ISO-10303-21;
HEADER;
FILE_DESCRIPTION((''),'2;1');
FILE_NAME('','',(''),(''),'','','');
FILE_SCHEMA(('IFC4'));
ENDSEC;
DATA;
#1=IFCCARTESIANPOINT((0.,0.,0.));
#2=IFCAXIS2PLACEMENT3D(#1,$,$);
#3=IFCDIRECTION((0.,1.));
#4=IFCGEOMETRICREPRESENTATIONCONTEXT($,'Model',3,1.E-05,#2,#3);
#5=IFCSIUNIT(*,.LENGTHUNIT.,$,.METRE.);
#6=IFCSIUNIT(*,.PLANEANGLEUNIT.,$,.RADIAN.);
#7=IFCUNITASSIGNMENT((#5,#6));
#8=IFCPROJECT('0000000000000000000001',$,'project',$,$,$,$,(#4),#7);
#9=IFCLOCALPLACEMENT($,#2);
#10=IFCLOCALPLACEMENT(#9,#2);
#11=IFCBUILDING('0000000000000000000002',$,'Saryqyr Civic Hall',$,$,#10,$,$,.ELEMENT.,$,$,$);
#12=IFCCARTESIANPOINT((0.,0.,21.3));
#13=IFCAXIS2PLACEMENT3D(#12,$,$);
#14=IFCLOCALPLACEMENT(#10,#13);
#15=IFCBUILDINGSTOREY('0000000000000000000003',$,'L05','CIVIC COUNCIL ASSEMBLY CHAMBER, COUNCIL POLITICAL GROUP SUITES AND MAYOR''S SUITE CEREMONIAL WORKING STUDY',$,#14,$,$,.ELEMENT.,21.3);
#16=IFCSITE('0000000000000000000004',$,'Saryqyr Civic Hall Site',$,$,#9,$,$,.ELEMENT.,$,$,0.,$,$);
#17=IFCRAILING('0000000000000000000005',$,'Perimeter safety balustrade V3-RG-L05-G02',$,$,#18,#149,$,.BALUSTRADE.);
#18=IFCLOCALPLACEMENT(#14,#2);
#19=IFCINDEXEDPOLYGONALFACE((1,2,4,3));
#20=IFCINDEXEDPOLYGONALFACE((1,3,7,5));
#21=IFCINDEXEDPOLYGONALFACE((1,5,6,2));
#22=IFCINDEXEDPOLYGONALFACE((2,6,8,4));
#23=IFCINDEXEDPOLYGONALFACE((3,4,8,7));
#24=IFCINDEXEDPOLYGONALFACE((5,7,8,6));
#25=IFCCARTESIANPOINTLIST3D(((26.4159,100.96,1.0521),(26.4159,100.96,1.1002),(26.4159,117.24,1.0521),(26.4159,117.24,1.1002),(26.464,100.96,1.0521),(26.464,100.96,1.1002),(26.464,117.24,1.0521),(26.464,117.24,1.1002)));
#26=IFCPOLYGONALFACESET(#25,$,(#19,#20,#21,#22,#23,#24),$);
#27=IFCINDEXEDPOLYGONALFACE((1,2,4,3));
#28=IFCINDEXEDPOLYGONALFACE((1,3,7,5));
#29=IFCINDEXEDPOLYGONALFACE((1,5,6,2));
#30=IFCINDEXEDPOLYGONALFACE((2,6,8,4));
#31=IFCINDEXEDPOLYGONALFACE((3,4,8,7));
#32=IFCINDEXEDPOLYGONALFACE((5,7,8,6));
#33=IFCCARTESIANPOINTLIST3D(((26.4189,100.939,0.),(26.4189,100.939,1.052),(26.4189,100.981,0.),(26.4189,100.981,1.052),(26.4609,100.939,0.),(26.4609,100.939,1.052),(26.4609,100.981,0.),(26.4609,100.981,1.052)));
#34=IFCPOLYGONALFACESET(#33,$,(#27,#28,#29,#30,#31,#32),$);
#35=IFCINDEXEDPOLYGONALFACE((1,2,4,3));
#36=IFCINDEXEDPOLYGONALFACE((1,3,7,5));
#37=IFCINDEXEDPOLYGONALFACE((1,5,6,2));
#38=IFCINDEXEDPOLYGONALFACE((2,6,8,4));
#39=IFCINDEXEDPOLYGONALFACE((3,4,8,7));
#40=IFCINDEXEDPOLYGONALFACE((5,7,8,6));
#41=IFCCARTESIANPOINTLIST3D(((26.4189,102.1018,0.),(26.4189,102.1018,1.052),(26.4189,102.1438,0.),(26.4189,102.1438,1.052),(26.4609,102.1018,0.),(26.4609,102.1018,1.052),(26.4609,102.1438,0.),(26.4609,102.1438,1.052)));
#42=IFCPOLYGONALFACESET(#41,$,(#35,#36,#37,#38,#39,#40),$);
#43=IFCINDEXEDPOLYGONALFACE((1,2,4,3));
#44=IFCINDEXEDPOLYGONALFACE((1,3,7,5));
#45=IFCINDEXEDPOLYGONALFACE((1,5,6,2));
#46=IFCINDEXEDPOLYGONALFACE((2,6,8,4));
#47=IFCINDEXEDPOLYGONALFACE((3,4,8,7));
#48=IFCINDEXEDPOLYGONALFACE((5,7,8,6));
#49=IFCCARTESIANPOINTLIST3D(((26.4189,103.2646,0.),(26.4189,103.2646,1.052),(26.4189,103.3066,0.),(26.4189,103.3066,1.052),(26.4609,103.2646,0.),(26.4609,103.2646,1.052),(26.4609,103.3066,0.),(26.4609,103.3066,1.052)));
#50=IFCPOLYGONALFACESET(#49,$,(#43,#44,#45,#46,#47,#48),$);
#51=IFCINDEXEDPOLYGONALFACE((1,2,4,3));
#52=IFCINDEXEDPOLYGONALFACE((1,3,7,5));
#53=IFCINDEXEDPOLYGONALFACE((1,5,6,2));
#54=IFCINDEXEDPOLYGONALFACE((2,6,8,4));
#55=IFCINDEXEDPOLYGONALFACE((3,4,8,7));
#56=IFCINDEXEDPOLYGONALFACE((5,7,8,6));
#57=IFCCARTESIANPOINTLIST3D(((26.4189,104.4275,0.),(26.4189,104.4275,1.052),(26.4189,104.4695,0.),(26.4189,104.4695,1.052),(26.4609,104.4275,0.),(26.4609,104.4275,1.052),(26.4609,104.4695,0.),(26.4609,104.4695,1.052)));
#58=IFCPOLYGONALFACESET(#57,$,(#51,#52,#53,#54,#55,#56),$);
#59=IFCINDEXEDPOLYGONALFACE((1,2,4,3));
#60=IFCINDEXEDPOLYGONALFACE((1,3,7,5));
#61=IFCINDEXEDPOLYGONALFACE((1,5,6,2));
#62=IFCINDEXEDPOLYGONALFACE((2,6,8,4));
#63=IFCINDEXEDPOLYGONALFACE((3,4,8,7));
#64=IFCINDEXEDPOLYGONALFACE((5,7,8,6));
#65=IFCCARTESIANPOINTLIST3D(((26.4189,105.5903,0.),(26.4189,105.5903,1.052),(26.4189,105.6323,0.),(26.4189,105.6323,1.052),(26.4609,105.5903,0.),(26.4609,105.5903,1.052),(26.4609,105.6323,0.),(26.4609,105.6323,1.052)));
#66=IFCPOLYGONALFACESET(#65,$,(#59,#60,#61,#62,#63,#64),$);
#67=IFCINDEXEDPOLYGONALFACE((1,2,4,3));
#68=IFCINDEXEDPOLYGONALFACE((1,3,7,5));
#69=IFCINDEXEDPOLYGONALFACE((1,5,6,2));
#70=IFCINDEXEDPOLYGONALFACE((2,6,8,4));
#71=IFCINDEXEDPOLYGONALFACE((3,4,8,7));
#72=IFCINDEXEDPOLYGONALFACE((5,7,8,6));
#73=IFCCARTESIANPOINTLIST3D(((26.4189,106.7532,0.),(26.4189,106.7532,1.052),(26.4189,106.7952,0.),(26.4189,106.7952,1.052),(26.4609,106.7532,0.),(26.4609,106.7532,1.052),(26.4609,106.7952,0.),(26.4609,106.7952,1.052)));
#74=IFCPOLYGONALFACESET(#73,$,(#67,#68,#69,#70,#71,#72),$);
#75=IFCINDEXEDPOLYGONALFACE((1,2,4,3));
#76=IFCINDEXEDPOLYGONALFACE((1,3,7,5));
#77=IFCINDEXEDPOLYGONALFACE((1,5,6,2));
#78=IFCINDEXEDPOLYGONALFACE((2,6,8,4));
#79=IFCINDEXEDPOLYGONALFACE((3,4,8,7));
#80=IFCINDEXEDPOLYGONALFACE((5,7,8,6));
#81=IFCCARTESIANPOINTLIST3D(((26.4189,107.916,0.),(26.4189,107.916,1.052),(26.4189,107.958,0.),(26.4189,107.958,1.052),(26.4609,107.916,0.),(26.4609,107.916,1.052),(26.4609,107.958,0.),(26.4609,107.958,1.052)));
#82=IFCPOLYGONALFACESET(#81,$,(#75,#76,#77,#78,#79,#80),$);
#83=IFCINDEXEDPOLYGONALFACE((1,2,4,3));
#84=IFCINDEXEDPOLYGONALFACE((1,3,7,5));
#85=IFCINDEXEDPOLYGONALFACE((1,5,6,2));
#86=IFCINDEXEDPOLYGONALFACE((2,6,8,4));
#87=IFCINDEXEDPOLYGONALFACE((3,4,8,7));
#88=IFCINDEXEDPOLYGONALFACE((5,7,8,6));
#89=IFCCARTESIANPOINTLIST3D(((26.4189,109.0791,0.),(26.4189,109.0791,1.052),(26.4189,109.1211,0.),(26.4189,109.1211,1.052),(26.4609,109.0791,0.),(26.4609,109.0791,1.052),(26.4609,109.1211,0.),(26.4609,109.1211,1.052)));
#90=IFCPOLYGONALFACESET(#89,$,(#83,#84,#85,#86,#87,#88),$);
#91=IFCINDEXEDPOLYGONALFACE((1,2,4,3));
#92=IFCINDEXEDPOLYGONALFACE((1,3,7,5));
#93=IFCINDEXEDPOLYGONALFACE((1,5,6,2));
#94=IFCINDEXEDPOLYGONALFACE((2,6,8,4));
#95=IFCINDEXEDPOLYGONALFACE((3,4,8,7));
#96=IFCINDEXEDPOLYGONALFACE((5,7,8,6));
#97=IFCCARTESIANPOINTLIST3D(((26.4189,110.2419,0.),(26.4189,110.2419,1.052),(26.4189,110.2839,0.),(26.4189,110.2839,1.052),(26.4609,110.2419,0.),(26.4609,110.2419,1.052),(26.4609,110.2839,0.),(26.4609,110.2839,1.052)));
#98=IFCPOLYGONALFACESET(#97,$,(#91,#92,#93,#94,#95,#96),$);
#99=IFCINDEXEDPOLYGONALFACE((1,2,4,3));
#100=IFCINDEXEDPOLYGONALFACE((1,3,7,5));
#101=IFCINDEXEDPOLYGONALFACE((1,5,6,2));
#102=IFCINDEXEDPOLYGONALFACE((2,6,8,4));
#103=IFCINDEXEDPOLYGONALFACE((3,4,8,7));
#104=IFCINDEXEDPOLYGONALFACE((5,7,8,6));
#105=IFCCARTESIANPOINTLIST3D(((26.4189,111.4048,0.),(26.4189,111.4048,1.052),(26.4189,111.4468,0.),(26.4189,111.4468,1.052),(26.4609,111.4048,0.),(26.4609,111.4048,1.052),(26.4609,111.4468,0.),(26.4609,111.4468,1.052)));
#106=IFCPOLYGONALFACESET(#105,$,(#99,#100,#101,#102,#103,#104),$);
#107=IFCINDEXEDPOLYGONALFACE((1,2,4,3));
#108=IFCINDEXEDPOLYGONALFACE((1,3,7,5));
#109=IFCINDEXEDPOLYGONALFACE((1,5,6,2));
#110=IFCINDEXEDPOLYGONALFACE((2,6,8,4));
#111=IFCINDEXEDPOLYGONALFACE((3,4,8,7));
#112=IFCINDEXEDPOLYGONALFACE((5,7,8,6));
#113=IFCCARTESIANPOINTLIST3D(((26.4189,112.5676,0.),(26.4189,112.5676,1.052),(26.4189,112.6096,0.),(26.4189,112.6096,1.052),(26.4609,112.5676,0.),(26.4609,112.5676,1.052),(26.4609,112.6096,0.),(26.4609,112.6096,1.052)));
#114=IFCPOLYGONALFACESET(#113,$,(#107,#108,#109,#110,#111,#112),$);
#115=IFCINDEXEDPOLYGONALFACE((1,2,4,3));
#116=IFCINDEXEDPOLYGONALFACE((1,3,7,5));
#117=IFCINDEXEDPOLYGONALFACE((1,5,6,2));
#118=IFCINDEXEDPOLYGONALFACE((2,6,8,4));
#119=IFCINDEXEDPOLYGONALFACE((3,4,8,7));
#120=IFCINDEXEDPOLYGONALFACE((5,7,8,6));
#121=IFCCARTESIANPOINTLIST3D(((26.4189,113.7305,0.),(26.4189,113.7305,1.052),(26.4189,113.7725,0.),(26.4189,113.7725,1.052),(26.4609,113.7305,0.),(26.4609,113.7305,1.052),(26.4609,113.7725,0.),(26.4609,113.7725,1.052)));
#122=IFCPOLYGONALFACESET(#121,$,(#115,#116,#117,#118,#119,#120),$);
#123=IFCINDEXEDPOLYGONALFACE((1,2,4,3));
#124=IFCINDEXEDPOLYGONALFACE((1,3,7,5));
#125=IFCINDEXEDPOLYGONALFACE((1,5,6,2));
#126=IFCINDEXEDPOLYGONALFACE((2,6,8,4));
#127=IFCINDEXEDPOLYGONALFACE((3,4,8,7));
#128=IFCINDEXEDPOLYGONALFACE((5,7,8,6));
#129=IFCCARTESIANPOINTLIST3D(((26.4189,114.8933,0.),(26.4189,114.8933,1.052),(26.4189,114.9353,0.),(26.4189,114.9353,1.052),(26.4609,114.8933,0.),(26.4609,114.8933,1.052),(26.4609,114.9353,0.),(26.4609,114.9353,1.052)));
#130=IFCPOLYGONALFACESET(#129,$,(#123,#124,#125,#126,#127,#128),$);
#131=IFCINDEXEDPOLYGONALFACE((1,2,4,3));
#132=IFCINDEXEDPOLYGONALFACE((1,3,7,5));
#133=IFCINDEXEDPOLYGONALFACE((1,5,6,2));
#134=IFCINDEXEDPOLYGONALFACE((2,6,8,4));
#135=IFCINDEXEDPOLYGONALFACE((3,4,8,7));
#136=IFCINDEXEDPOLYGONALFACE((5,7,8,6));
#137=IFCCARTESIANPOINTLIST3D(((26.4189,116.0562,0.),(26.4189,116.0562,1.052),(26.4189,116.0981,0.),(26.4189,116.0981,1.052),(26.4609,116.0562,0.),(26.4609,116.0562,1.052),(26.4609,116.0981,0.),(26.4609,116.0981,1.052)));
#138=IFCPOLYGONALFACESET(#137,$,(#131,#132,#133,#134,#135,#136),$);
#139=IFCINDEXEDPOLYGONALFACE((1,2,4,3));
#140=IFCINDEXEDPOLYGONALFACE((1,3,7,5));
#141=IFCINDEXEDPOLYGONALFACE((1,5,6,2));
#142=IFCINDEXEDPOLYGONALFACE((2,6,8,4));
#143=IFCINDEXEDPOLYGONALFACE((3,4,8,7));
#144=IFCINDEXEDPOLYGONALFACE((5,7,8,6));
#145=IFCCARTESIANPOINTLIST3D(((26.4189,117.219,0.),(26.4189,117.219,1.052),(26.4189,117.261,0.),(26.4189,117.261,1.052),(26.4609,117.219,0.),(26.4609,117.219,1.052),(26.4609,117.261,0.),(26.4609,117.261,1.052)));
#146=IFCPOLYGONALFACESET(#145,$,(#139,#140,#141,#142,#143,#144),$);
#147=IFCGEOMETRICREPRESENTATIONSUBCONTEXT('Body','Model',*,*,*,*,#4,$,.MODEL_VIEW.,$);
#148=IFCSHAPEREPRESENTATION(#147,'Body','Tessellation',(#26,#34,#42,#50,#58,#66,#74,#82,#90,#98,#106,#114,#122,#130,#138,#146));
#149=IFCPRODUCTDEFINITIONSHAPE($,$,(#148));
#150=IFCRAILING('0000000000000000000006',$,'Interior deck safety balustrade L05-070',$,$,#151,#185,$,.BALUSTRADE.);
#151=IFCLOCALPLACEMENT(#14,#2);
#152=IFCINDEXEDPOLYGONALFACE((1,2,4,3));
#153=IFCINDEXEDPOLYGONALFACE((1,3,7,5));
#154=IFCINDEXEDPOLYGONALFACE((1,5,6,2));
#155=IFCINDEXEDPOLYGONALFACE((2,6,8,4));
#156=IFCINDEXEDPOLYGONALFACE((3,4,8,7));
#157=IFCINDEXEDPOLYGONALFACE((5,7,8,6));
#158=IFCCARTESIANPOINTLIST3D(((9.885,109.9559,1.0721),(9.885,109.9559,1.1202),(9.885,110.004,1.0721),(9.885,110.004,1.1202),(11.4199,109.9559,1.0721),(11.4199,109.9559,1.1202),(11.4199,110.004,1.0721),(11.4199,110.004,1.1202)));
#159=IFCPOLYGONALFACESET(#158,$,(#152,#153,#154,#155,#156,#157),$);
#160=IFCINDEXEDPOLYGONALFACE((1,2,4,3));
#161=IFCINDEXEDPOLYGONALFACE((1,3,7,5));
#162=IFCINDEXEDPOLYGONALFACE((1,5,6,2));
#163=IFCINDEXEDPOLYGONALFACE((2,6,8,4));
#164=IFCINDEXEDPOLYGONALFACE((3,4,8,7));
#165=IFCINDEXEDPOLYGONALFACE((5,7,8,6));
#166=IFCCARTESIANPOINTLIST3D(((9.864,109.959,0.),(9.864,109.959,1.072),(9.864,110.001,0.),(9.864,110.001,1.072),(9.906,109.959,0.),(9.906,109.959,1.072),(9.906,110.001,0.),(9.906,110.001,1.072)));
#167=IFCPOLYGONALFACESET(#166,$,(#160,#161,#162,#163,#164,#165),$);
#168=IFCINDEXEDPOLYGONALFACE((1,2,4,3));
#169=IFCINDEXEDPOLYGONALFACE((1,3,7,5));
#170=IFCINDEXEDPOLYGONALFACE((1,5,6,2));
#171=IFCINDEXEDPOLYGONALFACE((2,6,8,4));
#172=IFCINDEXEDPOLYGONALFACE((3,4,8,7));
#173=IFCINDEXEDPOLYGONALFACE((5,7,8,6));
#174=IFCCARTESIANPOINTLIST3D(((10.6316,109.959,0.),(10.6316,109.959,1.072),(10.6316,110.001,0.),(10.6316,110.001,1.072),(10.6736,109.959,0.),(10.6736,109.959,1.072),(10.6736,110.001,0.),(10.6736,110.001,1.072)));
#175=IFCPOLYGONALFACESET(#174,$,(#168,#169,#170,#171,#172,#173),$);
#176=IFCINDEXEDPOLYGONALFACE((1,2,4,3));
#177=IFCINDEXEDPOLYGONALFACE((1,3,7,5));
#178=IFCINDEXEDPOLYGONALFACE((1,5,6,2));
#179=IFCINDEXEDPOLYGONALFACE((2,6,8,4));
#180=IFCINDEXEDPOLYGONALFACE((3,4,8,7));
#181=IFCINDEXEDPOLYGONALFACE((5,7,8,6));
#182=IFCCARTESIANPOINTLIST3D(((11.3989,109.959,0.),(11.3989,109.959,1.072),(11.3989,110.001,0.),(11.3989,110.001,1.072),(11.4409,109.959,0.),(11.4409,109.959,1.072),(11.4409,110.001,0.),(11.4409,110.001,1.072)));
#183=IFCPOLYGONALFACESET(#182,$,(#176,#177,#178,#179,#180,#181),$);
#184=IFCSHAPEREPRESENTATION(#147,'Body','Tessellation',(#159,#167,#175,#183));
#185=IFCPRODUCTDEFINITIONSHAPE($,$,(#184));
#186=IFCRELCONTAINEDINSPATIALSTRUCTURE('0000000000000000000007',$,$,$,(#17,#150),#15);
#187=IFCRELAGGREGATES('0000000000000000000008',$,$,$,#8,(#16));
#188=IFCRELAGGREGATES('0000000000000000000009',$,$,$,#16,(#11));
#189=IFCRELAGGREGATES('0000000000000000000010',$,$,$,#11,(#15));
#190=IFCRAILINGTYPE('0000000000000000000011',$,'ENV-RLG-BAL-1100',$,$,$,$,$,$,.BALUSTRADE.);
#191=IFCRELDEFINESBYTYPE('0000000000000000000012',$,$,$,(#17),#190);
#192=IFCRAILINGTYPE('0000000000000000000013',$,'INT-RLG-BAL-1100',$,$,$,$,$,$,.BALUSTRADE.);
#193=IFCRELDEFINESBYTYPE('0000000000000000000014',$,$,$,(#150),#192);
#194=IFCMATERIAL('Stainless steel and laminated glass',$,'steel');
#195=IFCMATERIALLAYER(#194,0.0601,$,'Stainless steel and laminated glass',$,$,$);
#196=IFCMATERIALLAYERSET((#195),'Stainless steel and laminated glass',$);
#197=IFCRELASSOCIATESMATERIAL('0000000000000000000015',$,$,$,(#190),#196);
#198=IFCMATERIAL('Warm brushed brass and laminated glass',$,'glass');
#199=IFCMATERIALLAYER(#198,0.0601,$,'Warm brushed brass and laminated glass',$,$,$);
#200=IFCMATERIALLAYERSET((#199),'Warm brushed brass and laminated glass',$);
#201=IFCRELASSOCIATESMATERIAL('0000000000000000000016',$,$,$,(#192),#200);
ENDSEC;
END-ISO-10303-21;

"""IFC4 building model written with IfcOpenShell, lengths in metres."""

from ifc_helpers import new_model, si_unit, direction, frame, origin, origin_2d, place, context, subcontext, project, spatial, rectangle, extrude, material, layer, layer_set, type_object, element, save


model = new_model("IFC4")

# Units and contexts
model_context = context("Model", 3, precision=1e-05, world=origin(), true_north=direction((0.0, 1.0)))
body_context = subcontext(model_context, "Body", "Model", "MODEL_VIEW")
ifc_project = project(units=[si_unit("LENGTHUNIT", "METRE"), si_unit("PLANEANGLEUNIT", "RADIAN")], contexts=[model_context])

# Site, building, storey
site_placement = place(None, origin())
site = spatial("IfcSite", under=ifc_project, at=site_placement, Name="Saryqyr Civic Hall Site", CompositionType="ELEMENT", RefElevation=0.0)
building_placement = place(site_placement, origin())
building = spatial("IfcBuilding", under=site, at=building_placement, Name="Saryqyr Civic Hall", CompositionType="ELEMENT")
storey_placement = place(building_placement, frame((0.0, 0.0, 21.3)))
storey = spatial("IfcBuildingStorey", under=building, at=storey_placement, Name="L05", Description="CIVIC COUNCIL ASSEMBLY CHAMBER, COUNCIL POLITICAL GROUP SUITES AND MAYOR'S SUITE CEREMONIAL WORKING STUDY", CompositionType="ELEMENT", Elevation=21.3)

# Railings
ifc_material_1 = material(Name="Stainless steel and laminated glass", Category="steel")
ifc_layer_1 = layer(ifc_material_1, 0.0601, Name="Stainless steel and laminated glass")
ifc_layer_set_1 = layer_set([ifc_layer_1], Name="Stainless steel and laminated glass")
railing_type_1 = type_object("IfcRailingType", Name="ENV-RLG-BAL-1100", PredefinedType="BALUSTRADE", material=ifc_layer_set_1)
railing_1_placement = place(storey_placement, frame((26.4399, 100.96, 0.0)))
element("IfcRailing", 1, at=railing_1_placement, inside=storey, type_object=railing_type_1, Name="Perimeter safety balustrade V3-RG-L05-G02", PredefinedType="BALUSTRADE", context=body_context, shape_type="SweptSolid", body=[
    extrude(rectangle(XDim=0.0481, YDim=0.0481, at=origin_2d()), frame((0.0, 0.0, 1.0762), z_axis=(0.0, 1.0, 0.0), x_axis=(-1.0, 0.0, 0.0)), (0.0, 0.0, 1.0), 16.28),
    extrude(rectangle(XDim=0.042, YDim=0.042, at=origin_2d()), origin(), (0.0, 0.0, 1.0), 1.052),
    extrude(rectangle(XDim=0.042, YDim=0.042, at=origin_2d()), frame((0.0, 1.1628, 0.0)), (0.0, 0.0, 1.0), 1.052),
    extrude(rectangle(XDim=0.042, YDim=0.042, at=origin_2d()), frame((0.0, 2.3257, 0.0)), (0.0, 0.0, 1.0), 1.052),
    extrude(rectangle(XDim=0.042, YDim=0.042, at=origin_2d()), frame((0.0, 3.4885, 0.0)), (0.0, 0.0, 1.0), 1.052),
    extrude(rectangle(XDim=0.042, YDim=0.042, at=origin_2d()), frame((0.0, 4.6514, 0.0)), (0.0, 0.0, 1.0), 1.052),
    extrude(rectangle(XDim=0.042, YDim=0.042, at=origin_2d()), frame((0.0, 5.8142, 0.0)), (0.0, 0.0, 1.0), 1.052),
    extrude(rectangle(XDim=0.042, YDim=0.042, at=origin_2d()), frame((0.0, 6.9771, 0.0)), (0.0, 0.0, 1.0), 1.052),
    extrude(rectangle(XDim=0.042, YDim=0.042, at=origin_2d()), frame((0.0, 8.1401, 0.0)), (0.0, 0.0, 1.0), 1.052),
    extrude(rectangle(XDim=0.042, YDim=0.042, at=origin_2d()), frame((0.0, 9.303, 0.0)), (0.0, 0.0, 1.0), 1.052),
    extrude(rectangle(XDim=0.042, YDim=0.042, at=origin_2d()), frame((0.0, 10.4658, 0.0)), (0.0, 0.0, 1.0), 1.052),
    extrude(rectangle(XDim=0.042, YDim=0.042, at=origin_2d()), frame((0.0, 11.6287, 0.0)), (0.0, 0.0, 1.0), 1.052),
    extrude(rectangle(XDim=0.042, YDim=0.042, at=origin_2d()), frame((0.0, 12.7915, 0.0)), (0.0, 0.0, 1.0), 1.052),
    extrude(rectangle(XDim=0.042, YDim=0.042, at=origin_2d()), frame((0.0, 13.9543, 0.0)), (0.0, 0.0, 1.0), 1.052),
    extrude(rectangle(XDim=0.042, YDim=0.042, at=origin_2d()), frame((0.0, 15.1172, 0.0)), (0.0, 0.0, 1.0), 1.052),
    extrude(rectangle(XDim=0.042, YDim=0.042, at=origin_2d()), frame((0.0, 16.28, 0.0)), (0.0, 0.0, 1.0), 1.052),
])
ifc_material_2 = material(Name="Warm brushed brass and laminated glass", Category="glass")
ifc_layer_2 = layer(ifc_material_2, 0.0601, Name="Warm brushed brass and laminated glass")
ifc_layer_set_2 = layer_set([ifc_layer_2], Name="Warm brushed brass and laminated glass")
railing_type_2 = type_object("IfcRailingType", Name="INT-RLG-BAL-1100", PredefinedType="BALUSTRADE", material=ifc_layer_set_2)
railing_2_placement = place(storey_placement, frame((9.885, 109.98, 0.0)))
element("IfcRailing", 2, at=railing_2_placement, inside=storey, type_object=railing_type_2, Name="Interior deck safety balustrade L05-070", PredefinedType="BALUSTRADE", context=body_context, shape_type="SweptSolid", body=[
    extrude(rectangle(XDim=0.0481, YDim=0.0481, at=origin_2d()), frame((0.0, 0.0, 1.0962), z_axis=(1.0, 0.0, 0.0), x_axis=(0.0, 1.0, 0.0)), (0.0, 0.0, 1.0), 1.5349),
    extrude(rectangle(XDim=0.042, YDim=0.042, at=origin_2d()), origin(), (0.0, 0.0, 1.0), 1.072),
    extrude(rectangle(XDim=0.042, YDim=0.042, at=origin_2d()), frame((0.7676, 0.0, 0.0)), (0.0, 0.0, 1.0), 1.072),
    extrude(rectangle(XDim=0.042, YDim=0.042, at=origin_2d()), frame((1.5349, 0.0, 0.0)), (0.0, 0.0, 1.0), 1.072),
])

save(model, "model.ifc")
